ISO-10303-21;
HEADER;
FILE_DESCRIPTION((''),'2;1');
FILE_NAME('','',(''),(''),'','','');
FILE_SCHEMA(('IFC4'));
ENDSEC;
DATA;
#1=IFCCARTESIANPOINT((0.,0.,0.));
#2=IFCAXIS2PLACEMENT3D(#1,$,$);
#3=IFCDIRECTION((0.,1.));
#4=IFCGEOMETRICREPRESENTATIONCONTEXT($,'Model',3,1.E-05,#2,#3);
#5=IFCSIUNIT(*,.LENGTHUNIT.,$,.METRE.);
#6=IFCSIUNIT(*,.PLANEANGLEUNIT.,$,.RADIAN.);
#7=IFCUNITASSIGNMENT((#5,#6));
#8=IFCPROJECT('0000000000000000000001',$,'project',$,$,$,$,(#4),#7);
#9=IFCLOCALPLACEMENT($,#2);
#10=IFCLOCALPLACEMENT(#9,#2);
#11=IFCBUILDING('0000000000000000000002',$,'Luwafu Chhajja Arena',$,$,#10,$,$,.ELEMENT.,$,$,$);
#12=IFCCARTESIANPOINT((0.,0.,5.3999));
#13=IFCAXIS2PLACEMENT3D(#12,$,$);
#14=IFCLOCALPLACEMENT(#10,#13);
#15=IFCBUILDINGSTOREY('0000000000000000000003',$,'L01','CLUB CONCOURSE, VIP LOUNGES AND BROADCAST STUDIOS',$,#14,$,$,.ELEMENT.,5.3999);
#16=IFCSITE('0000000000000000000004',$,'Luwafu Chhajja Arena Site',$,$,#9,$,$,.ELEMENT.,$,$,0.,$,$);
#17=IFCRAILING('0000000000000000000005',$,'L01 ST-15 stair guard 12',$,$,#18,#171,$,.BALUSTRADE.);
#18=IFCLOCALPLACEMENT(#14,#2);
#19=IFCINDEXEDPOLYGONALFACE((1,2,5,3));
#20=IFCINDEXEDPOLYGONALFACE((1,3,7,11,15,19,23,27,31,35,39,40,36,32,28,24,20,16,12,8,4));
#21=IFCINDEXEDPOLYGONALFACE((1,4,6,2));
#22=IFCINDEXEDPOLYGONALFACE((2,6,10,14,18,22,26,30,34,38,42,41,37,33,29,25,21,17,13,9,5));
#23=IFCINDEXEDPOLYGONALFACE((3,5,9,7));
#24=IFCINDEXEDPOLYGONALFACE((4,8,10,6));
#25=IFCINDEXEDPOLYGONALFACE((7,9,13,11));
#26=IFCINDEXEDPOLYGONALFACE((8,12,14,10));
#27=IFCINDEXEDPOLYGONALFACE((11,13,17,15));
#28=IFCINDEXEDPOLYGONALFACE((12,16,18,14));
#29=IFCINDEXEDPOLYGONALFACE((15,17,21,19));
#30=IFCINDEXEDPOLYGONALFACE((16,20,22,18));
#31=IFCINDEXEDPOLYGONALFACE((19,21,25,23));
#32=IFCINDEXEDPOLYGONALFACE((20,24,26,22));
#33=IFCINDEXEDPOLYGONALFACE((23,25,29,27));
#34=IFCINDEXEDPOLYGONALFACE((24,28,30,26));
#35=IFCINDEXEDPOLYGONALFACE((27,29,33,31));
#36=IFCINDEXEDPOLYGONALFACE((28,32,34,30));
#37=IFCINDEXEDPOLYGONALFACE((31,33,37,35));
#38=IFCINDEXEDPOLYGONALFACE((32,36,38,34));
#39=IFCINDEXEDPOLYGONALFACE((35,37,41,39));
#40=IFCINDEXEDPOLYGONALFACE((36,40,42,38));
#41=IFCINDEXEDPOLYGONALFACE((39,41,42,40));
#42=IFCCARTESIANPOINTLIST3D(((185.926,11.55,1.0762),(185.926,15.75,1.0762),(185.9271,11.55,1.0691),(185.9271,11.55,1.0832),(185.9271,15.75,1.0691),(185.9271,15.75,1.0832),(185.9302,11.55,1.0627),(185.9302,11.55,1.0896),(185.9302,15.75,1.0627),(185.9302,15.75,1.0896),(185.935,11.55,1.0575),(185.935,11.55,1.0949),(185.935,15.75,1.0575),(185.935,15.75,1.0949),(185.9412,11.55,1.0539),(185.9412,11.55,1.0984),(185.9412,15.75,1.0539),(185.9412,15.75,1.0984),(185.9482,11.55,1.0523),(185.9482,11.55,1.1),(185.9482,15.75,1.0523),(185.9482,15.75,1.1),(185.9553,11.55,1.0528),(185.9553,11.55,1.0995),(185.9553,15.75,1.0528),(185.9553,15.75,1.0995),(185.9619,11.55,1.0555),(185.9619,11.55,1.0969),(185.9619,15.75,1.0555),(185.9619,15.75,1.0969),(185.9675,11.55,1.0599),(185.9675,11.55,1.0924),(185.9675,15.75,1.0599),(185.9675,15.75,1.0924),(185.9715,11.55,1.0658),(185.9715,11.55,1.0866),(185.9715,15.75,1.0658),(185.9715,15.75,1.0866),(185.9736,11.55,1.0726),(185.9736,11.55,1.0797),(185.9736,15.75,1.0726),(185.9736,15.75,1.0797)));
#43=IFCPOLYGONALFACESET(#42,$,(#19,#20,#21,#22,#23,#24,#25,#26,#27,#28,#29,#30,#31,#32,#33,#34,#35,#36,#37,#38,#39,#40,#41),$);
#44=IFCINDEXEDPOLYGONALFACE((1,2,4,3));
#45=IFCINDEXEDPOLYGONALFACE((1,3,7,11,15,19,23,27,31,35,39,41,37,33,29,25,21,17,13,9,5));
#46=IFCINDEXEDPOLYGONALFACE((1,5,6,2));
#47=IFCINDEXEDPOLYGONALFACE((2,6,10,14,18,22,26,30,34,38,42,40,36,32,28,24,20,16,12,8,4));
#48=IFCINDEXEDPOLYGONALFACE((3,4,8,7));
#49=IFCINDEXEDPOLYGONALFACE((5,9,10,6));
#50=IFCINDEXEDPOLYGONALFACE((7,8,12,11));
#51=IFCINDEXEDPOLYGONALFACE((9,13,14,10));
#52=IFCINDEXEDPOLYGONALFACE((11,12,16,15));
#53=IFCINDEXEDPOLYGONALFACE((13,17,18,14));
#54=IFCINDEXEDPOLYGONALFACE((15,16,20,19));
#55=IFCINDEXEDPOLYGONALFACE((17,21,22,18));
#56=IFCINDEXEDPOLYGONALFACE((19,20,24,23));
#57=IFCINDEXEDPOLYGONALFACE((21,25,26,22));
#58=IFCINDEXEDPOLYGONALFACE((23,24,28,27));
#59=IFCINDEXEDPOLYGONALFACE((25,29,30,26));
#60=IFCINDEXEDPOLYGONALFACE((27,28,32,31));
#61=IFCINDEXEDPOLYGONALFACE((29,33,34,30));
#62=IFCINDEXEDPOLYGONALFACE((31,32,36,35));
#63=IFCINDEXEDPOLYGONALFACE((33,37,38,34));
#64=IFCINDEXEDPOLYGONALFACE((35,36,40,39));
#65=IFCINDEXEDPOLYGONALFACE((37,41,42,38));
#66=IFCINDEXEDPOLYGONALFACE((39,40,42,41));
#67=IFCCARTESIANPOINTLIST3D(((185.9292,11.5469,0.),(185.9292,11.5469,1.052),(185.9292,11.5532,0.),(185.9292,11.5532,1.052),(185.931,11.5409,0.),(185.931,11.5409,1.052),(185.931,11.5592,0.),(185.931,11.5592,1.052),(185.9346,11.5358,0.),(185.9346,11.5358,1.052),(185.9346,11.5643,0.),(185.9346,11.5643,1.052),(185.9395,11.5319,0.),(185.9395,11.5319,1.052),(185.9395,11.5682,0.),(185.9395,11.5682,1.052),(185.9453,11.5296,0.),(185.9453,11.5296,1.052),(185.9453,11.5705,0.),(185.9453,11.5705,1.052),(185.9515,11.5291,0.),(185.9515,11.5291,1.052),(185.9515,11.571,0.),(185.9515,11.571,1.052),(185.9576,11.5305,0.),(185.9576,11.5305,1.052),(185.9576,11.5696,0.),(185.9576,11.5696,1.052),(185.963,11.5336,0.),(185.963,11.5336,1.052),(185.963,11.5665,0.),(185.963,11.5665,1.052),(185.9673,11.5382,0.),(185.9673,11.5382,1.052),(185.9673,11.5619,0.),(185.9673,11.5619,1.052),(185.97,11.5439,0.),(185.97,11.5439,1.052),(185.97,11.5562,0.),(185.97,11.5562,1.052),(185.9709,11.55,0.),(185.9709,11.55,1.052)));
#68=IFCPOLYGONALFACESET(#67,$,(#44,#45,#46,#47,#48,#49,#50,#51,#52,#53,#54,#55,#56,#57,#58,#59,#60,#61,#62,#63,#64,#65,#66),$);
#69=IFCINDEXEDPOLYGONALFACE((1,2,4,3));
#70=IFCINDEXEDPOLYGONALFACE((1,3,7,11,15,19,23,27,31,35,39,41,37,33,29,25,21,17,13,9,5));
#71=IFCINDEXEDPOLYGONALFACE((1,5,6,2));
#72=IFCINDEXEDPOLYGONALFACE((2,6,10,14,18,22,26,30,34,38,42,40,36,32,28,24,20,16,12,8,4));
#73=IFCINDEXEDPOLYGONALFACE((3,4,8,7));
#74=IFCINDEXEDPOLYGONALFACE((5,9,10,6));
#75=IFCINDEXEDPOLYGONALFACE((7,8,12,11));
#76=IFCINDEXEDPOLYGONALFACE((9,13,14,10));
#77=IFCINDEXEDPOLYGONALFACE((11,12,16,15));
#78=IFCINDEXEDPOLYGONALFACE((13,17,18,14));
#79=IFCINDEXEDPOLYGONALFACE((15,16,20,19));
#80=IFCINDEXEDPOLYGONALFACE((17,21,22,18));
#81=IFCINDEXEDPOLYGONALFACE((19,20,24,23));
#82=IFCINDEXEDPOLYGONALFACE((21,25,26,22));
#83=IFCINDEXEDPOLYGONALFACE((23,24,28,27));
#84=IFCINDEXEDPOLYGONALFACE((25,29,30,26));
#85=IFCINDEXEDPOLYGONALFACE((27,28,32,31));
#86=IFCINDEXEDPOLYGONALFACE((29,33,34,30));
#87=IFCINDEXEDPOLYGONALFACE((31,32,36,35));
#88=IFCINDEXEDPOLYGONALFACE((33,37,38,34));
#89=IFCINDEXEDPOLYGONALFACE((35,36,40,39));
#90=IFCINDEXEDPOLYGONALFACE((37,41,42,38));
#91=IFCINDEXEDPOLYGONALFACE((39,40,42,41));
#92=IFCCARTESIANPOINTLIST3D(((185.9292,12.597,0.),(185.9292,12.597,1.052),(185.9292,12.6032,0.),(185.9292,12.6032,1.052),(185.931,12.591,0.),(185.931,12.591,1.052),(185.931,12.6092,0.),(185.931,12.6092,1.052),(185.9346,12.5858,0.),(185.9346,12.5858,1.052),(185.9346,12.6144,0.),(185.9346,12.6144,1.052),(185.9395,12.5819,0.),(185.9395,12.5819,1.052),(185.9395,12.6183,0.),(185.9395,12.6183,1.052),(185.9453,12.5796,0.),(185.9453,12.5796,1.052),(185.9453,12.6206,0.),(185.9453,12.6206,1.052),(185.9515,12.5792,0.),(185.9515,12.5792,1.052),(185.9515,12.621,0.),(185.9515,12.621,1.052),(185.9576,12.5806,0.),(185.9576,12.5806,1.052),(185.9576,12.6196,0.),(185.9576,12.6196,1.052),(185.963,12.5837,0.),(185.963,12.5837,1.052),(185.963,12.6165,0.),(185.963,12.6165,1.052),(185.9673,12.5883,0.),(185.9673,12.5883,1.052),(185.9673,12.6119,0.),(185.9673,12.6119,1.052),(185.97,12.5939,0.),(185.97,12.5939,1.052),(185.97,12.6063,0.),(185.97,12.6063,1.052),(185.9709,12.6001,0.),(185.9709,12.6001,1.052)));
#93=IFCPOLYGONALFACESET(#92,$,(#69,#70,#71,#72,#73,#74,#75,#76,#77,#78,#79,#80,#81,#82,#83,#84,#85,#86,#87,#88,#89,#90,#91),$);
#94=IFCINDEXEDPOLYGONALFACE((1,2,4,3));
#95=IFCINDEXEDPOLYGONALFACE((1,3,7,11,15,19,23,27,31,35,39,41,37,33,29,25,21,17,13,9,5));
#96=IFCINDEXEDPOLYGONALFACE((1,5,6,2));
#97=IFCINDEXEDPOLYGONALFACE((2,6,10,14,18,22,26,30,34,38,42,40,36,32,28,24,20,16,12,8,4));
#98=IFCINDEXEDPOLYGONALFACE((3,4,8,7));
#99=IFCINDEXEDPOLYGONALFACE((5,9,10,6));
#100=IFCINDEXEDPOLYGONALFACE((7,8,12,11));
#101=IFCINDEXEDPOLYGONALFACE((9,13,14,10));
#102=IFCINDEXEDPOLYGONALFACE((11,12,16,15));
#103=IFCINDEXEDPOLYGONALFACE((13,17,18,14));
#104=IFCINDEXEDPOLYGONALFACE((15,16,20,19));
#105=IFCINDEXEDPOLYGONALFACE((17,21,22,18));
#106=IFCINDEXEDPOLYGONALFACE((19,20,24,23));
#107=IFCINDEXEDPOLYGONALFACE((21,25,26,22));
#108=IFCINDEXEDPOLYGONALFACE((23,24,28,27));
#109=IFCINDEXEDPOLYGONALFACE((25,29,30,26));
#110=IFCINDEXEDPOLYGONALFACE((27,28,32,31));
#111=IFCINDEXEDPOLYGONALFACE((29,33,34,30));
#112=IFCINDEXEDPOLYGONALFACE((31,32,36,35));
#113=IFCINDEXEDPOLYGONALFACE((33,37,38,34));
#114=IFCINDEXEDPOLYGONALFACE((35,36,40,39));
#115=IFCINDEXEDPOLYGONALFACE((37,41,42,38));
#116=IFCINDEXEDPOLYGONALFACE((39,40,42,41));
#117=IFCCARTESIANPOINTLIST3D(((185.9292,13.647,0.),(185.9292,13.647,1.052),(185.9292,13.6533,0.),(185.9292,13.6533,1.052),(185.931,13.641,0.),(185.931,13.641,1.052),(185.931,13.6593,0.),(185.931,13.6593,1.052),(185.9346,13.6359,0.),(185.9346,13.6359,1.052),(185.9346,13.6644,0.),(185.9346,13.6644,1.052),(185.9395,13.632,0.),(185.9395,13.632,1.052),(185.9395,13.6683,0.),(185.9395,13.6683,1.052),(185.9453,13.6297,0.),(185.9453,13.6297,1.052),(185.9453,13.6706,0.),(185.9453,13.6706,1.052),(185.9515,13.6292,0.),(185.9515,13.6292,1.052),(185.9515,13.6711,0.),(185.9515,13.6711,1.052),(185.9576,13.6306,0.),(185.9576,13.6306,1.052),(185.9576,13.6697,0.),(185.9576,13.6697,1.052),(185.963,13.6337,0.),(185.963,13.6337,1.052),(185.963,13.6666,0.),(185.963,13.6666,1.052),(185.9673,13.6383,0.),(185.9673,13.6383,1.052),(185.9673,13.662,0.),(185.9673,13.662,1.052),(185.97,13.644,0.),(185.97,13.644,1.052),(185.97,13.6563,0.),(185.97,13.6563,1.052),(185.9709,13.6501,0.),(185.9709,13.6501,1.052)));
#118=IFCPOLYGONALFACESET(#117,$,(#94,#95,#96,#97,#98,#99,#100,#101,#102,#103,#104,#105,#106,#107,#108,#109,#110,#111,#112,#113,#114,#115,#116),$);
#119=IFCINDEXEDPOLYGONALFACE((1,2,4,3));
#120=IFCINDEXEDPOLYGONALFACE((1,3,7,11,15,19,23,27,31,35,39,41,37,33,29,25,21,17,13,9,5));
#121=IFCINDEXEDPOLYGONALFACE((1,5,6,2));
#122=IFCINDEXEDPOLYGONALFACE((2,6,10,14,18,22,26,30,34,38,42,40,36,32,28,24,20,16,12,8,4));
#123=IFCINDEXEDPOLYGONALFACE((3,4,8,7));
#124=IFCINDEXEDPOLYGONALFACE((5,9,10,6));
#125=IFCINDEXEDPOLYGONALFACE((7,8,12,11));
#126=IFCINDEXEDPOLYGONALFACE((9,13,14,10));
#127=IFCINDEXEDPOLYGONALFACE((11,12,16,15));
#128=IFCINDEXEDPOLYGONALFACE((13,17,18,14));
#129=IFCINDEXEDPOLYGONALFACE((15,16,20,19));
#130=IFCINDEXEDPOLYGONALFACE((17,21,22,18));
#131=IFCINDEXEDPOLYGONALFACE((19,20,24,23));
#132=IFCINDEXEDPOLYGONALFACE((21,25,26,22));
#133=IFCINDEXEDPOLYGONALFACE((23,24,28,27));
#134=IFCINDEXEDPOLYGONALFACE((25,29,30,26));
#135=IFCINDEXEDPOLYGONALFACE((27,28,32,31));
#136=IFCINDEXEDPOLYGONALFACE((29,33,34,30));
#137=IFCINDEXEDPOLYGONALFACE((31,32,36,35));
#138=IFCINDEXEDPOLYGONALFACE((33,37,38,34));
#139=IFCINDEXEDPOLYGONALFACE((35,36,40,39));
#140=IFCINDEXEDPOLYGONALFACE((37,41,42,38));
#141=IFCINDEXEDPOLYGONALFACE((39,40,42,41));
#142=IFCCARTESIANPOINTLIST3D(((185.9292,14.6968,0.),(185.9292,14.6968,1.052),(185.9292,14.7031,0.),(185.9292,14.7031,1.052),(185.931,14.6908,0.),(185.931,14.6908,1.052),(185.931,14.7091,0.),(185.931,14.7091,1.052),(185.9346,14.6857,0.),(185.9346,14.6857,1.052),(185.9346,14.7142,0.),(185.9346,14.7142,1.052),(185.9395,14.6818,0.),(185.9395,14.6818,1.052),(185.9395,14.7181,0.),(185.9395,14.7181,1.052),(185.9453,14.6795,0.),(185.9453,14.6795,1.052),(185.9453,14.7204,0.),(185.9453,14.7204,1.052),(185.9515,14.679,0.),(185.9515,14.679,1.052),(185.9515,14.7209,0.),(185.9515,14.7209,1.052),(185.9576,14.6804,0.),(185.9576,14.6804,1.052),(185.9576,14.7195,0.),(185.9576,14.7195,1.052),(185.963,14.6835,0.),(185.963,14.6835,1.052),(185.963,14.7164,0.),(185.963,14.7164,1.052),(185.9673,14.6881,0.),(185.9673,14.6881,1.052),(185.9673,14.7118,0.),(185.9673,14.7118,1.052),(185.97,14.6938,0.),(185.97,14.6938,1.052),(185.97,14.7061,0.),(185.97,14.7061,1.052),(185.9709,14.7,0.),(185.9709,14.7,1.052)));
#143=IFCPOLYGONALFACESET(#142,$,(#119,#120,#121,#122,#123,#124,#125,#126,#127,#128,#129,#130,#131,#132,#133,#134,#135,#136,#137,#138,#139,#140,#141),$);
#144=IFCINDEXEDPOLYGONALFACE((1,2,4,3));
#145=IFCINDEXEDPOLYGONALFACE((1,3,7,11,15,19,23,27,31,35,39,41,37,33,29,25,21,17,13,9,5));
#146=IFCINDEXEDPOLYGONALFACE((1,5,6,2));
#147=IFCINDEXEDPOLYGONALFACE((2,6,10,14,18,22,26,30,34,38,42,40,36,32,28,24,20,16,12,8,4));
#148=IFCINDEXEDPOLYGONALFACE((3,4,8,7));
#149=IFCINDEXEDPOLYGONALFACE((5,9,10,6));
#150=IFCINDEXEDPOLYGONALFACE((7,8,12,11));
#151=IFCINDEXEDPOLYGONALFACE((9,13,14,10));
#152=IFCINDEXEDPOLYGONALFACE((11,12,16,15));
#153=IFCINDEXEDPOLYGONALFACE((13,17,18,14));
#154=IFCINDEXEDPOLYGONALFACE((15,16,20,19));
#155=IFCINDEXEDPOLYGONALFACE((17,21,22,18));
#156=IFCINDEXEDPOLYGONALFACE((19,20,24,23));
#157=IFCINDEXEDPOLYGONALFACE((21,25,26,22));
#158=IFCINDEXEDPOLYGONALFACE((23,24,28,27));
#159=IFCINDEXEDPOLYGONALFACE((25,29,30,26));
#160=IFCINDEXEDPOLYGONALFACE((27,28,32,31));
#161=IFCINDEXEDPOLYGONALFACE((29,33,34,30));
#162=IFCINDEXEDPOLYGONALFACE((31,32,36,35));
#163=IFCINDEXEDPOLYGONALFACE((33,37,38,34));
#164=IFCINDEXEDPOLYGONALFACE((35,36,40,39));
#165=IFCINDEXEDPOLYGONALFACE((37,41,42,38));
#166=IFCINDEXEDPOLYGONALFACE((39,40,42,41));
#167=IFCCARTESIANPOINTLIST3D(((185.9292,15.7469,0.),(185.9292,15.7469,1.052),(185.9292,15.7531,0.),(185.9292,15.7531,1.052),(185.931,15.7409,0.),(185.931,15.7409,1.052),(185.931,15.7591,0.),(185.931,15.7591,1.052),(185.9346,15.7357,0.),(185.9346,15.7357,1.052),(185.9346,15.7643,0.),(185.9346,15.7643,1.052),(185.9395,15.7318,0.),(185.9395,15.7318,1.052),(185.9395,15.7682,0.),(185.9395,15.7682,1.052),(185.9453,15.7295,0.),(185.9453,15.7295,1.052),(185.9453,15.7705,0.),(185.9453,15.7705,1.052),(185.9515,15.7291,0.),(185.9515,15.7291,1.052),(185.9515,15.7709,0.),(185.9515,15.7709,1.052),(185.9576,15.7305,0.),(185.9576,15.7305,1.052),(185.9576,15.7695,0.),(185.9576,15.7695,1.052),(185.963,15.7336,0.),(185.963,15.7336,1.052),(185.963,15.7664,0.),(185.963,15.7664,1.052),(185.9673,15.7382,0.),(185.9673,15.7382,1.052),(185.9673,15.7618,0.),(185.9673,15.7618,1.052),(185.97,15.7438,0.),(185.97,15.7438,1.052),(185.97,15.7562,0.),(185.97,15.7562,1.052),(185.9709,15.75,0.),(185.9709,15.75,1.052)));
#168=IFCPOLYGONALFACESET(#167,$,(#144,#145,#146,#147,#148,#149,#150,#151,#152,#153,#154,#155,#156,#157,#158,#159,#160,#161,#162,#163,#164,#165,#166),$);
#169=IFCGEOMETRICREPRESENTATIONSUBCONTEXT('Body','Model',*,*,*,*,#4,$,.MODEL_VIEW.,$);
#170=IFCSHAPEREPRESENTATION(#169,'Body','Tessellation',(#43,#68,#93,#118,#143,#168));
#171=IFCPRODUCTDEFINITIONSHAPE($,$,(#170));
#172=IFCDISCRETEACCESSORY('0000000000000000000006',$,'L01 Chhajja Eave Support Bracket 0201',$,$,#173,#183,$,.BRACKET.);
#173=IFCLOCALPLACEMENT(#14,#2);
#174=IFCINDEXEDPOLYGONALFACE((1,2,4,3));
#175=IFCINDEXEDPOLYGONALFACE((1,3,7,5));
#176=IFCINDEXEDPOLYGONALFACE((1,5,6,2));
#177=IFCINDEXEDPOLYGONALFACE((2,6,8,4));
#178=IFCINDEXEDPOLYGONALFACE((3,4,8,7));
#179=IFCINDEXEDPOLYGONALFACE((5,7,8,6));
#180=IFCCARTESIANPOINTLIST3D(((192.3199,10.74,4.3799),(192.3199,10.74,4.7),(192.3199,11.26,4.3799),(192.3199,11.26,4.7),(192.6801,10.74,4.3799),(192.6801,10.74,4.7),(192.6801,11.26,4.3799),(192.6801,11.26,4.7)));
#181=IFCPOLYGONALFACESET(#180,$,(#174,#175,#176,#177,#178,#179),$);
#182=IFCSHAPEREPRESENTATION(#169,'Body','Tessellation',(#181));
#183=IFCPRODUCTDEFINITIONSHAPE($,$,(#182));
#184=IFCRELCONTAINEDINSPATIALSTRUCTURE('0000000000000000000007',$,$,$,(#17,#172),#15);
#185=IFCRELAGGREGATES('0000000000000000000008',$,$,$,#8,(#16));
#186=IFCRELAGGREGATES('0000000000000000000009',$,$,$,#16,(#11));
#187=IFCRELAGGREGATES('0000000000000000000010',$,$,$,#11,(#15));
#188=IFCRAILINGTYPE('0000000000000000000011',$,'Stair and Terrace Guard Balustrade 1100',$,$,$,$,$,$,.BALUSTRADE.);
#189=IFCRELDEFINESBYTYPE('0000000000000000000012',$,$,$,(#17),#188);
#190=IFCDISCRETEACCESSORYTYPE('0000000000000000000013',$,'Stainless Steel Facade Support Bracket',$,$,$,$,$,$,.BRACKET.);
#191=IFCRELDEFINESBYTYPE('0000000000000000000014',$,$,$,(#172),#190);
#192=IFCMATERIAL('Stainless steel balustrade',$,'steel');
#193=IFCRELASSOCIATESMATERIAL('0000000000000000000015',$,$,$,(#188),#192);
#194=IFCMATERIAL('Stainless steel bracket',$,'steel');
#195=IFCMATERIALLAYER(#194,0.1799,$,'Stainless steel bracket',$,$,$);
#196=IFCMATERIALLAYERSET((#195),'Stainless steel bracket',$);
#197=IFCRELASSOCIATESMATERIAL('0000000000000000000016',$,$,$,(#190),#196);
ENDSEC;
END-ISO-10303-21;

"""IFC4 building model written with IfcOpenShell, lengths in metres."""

from ifc_helpers import new_model, si_unit, direction, frame, origin, origin_2d, place, context, subcontext, project, spatial, rectangle, circle, extrude, material, layer, layer_set, type_object, element, save


model = new_model("IFC4")

# Units and contexts
model_context = context("Model", 3, precision=1e-05, world=origin(), true_north=direction((0.0, 1.0)))
body_context = subcontext(model_context, "Body", "Model", "MODEL_VIEW")
ifc_project = project(units=[si_unit("LENGTHUNIT", "METRE"), si_unit("PLANEANGLEUNIT", "RADIAN")], contexts=[model_context])

# Site, building, storey
site_placement = place(None, origin())
site = spatial("IfcSite", under=ifc_project, at=site_placement, Name="Luwafu Chhajja Arena Site", CompositionType="ELEMENT", RefElevation=0.0)
building_placement = place(site_placement, origin())
building = spatial("IfcBuilding", under=site, at=building_placement, Name="Luwafu Chhajja Arena", CompositionType="ELEMENT")
storey_placement = place(building_placement, frame((0.0, 0.0, 5.3999)))
storey = spatial("IfcBuildingStorey", under=building, at=storey_placement, Name="L01", Description="CLUB CONCOURSE, VIP LOUNGES AND BROADCAST STUDIOS", CompositionType="ELEMENT", Elevation=5.3999)

# Railing
ifc_material_1 = material(Name="Stainless steel balustrade", Category="steel")
railing_type = type_object("IfcRailingType", Name="Stair and Terrace Guard Balustrade 1100", PredefinedType="BALUSTRADE", material=ifc_material_1)
railing_1_placement = place(storey_placement, frame((185.95, 11.55, 0.0)))
element("IfcRailing", 1, at=railing_1_placement, inside=storey, type_object=railing_type, Name="L01 ST-15 stair guard 12", PredefinedType="BALUSTRADE", context=body_context, shape_type="SweptSolid", body=[
    extrude(circle(Radius=0.0239, at=origin_2d()), frame((0.0, 0.0, 1.0762), z_axis=(0.0, 1.0, 0.0), x_axis=(-1.0, 0.0, 0.0)), (0.0, 0.0, 1.0), 4.2),
    extrude(circle(Radius=0.021, at=origin_2d()), origin(), (0.0, 0.0, 1.0), 1.052),
    extrude(circle(Radius=0.021, at=origin_2d()), frame((0.0, 1.05, 0.0)), (0.0, 0.0, 1.0), 1.052),
    extrude(circle(Radius=0.021, at=origin_2d()), frame((0.0, 2.1001, 0.0)), (0.0, 0.0, 1.0), 1.052),
    extrude(circle(Radius=0.021, at=origin_2d()), frame((0.0, 3.1499, 0.0)), (0.0, 0.0, 1.0), 1.052),
    extrude(circle(Radius=0.021, at=origin_2d()), frame((0.0, 4.2, 0.0)), (0.0, 0.0, 1.0), 1.052),
])

# Discrete accessory
ifc_material_2 = material(Name="Stainless steel bracket", Category="steel")
ifc_layer_1 = layer(ifc_material_2, 0.1799, Name="Stainless steel bracket")
ifc_layer_set_1 = layer_set([ifc_layer_1], Name="Stainless steel bracket")
discrete_accessory_type = type_object("IfcDiscreteAccessoryType", Name="Stainless Steel Facade Support Bracket", PredefinedType="BRACKET", material=ifc_layer_set_1)
discrete_accessory_placement = place(storey_placement, frame((192.5, 11.0, 4.3799), z_axis=(0.0, 0.0, 1.0), x_axis=(1.0, 0.0, 0.0)))
element("IfcDiscreteAccessory", 2, at=discrete_accessory_placement, inside=storey, type_object=discrete_accessory_type, Name="L01 Chhajja Eave Support Bracket 0201", PredefinedType="BRACKET", context=body_context, shape_type="SweptSolid", body=[
    extrude(rectangle(XDim=0.3601, YDim=0.52, at=origin_2d()), origin(), (0.0, 0.0, 1.0), 0.3201),
])

save(model, "model.ifc")
